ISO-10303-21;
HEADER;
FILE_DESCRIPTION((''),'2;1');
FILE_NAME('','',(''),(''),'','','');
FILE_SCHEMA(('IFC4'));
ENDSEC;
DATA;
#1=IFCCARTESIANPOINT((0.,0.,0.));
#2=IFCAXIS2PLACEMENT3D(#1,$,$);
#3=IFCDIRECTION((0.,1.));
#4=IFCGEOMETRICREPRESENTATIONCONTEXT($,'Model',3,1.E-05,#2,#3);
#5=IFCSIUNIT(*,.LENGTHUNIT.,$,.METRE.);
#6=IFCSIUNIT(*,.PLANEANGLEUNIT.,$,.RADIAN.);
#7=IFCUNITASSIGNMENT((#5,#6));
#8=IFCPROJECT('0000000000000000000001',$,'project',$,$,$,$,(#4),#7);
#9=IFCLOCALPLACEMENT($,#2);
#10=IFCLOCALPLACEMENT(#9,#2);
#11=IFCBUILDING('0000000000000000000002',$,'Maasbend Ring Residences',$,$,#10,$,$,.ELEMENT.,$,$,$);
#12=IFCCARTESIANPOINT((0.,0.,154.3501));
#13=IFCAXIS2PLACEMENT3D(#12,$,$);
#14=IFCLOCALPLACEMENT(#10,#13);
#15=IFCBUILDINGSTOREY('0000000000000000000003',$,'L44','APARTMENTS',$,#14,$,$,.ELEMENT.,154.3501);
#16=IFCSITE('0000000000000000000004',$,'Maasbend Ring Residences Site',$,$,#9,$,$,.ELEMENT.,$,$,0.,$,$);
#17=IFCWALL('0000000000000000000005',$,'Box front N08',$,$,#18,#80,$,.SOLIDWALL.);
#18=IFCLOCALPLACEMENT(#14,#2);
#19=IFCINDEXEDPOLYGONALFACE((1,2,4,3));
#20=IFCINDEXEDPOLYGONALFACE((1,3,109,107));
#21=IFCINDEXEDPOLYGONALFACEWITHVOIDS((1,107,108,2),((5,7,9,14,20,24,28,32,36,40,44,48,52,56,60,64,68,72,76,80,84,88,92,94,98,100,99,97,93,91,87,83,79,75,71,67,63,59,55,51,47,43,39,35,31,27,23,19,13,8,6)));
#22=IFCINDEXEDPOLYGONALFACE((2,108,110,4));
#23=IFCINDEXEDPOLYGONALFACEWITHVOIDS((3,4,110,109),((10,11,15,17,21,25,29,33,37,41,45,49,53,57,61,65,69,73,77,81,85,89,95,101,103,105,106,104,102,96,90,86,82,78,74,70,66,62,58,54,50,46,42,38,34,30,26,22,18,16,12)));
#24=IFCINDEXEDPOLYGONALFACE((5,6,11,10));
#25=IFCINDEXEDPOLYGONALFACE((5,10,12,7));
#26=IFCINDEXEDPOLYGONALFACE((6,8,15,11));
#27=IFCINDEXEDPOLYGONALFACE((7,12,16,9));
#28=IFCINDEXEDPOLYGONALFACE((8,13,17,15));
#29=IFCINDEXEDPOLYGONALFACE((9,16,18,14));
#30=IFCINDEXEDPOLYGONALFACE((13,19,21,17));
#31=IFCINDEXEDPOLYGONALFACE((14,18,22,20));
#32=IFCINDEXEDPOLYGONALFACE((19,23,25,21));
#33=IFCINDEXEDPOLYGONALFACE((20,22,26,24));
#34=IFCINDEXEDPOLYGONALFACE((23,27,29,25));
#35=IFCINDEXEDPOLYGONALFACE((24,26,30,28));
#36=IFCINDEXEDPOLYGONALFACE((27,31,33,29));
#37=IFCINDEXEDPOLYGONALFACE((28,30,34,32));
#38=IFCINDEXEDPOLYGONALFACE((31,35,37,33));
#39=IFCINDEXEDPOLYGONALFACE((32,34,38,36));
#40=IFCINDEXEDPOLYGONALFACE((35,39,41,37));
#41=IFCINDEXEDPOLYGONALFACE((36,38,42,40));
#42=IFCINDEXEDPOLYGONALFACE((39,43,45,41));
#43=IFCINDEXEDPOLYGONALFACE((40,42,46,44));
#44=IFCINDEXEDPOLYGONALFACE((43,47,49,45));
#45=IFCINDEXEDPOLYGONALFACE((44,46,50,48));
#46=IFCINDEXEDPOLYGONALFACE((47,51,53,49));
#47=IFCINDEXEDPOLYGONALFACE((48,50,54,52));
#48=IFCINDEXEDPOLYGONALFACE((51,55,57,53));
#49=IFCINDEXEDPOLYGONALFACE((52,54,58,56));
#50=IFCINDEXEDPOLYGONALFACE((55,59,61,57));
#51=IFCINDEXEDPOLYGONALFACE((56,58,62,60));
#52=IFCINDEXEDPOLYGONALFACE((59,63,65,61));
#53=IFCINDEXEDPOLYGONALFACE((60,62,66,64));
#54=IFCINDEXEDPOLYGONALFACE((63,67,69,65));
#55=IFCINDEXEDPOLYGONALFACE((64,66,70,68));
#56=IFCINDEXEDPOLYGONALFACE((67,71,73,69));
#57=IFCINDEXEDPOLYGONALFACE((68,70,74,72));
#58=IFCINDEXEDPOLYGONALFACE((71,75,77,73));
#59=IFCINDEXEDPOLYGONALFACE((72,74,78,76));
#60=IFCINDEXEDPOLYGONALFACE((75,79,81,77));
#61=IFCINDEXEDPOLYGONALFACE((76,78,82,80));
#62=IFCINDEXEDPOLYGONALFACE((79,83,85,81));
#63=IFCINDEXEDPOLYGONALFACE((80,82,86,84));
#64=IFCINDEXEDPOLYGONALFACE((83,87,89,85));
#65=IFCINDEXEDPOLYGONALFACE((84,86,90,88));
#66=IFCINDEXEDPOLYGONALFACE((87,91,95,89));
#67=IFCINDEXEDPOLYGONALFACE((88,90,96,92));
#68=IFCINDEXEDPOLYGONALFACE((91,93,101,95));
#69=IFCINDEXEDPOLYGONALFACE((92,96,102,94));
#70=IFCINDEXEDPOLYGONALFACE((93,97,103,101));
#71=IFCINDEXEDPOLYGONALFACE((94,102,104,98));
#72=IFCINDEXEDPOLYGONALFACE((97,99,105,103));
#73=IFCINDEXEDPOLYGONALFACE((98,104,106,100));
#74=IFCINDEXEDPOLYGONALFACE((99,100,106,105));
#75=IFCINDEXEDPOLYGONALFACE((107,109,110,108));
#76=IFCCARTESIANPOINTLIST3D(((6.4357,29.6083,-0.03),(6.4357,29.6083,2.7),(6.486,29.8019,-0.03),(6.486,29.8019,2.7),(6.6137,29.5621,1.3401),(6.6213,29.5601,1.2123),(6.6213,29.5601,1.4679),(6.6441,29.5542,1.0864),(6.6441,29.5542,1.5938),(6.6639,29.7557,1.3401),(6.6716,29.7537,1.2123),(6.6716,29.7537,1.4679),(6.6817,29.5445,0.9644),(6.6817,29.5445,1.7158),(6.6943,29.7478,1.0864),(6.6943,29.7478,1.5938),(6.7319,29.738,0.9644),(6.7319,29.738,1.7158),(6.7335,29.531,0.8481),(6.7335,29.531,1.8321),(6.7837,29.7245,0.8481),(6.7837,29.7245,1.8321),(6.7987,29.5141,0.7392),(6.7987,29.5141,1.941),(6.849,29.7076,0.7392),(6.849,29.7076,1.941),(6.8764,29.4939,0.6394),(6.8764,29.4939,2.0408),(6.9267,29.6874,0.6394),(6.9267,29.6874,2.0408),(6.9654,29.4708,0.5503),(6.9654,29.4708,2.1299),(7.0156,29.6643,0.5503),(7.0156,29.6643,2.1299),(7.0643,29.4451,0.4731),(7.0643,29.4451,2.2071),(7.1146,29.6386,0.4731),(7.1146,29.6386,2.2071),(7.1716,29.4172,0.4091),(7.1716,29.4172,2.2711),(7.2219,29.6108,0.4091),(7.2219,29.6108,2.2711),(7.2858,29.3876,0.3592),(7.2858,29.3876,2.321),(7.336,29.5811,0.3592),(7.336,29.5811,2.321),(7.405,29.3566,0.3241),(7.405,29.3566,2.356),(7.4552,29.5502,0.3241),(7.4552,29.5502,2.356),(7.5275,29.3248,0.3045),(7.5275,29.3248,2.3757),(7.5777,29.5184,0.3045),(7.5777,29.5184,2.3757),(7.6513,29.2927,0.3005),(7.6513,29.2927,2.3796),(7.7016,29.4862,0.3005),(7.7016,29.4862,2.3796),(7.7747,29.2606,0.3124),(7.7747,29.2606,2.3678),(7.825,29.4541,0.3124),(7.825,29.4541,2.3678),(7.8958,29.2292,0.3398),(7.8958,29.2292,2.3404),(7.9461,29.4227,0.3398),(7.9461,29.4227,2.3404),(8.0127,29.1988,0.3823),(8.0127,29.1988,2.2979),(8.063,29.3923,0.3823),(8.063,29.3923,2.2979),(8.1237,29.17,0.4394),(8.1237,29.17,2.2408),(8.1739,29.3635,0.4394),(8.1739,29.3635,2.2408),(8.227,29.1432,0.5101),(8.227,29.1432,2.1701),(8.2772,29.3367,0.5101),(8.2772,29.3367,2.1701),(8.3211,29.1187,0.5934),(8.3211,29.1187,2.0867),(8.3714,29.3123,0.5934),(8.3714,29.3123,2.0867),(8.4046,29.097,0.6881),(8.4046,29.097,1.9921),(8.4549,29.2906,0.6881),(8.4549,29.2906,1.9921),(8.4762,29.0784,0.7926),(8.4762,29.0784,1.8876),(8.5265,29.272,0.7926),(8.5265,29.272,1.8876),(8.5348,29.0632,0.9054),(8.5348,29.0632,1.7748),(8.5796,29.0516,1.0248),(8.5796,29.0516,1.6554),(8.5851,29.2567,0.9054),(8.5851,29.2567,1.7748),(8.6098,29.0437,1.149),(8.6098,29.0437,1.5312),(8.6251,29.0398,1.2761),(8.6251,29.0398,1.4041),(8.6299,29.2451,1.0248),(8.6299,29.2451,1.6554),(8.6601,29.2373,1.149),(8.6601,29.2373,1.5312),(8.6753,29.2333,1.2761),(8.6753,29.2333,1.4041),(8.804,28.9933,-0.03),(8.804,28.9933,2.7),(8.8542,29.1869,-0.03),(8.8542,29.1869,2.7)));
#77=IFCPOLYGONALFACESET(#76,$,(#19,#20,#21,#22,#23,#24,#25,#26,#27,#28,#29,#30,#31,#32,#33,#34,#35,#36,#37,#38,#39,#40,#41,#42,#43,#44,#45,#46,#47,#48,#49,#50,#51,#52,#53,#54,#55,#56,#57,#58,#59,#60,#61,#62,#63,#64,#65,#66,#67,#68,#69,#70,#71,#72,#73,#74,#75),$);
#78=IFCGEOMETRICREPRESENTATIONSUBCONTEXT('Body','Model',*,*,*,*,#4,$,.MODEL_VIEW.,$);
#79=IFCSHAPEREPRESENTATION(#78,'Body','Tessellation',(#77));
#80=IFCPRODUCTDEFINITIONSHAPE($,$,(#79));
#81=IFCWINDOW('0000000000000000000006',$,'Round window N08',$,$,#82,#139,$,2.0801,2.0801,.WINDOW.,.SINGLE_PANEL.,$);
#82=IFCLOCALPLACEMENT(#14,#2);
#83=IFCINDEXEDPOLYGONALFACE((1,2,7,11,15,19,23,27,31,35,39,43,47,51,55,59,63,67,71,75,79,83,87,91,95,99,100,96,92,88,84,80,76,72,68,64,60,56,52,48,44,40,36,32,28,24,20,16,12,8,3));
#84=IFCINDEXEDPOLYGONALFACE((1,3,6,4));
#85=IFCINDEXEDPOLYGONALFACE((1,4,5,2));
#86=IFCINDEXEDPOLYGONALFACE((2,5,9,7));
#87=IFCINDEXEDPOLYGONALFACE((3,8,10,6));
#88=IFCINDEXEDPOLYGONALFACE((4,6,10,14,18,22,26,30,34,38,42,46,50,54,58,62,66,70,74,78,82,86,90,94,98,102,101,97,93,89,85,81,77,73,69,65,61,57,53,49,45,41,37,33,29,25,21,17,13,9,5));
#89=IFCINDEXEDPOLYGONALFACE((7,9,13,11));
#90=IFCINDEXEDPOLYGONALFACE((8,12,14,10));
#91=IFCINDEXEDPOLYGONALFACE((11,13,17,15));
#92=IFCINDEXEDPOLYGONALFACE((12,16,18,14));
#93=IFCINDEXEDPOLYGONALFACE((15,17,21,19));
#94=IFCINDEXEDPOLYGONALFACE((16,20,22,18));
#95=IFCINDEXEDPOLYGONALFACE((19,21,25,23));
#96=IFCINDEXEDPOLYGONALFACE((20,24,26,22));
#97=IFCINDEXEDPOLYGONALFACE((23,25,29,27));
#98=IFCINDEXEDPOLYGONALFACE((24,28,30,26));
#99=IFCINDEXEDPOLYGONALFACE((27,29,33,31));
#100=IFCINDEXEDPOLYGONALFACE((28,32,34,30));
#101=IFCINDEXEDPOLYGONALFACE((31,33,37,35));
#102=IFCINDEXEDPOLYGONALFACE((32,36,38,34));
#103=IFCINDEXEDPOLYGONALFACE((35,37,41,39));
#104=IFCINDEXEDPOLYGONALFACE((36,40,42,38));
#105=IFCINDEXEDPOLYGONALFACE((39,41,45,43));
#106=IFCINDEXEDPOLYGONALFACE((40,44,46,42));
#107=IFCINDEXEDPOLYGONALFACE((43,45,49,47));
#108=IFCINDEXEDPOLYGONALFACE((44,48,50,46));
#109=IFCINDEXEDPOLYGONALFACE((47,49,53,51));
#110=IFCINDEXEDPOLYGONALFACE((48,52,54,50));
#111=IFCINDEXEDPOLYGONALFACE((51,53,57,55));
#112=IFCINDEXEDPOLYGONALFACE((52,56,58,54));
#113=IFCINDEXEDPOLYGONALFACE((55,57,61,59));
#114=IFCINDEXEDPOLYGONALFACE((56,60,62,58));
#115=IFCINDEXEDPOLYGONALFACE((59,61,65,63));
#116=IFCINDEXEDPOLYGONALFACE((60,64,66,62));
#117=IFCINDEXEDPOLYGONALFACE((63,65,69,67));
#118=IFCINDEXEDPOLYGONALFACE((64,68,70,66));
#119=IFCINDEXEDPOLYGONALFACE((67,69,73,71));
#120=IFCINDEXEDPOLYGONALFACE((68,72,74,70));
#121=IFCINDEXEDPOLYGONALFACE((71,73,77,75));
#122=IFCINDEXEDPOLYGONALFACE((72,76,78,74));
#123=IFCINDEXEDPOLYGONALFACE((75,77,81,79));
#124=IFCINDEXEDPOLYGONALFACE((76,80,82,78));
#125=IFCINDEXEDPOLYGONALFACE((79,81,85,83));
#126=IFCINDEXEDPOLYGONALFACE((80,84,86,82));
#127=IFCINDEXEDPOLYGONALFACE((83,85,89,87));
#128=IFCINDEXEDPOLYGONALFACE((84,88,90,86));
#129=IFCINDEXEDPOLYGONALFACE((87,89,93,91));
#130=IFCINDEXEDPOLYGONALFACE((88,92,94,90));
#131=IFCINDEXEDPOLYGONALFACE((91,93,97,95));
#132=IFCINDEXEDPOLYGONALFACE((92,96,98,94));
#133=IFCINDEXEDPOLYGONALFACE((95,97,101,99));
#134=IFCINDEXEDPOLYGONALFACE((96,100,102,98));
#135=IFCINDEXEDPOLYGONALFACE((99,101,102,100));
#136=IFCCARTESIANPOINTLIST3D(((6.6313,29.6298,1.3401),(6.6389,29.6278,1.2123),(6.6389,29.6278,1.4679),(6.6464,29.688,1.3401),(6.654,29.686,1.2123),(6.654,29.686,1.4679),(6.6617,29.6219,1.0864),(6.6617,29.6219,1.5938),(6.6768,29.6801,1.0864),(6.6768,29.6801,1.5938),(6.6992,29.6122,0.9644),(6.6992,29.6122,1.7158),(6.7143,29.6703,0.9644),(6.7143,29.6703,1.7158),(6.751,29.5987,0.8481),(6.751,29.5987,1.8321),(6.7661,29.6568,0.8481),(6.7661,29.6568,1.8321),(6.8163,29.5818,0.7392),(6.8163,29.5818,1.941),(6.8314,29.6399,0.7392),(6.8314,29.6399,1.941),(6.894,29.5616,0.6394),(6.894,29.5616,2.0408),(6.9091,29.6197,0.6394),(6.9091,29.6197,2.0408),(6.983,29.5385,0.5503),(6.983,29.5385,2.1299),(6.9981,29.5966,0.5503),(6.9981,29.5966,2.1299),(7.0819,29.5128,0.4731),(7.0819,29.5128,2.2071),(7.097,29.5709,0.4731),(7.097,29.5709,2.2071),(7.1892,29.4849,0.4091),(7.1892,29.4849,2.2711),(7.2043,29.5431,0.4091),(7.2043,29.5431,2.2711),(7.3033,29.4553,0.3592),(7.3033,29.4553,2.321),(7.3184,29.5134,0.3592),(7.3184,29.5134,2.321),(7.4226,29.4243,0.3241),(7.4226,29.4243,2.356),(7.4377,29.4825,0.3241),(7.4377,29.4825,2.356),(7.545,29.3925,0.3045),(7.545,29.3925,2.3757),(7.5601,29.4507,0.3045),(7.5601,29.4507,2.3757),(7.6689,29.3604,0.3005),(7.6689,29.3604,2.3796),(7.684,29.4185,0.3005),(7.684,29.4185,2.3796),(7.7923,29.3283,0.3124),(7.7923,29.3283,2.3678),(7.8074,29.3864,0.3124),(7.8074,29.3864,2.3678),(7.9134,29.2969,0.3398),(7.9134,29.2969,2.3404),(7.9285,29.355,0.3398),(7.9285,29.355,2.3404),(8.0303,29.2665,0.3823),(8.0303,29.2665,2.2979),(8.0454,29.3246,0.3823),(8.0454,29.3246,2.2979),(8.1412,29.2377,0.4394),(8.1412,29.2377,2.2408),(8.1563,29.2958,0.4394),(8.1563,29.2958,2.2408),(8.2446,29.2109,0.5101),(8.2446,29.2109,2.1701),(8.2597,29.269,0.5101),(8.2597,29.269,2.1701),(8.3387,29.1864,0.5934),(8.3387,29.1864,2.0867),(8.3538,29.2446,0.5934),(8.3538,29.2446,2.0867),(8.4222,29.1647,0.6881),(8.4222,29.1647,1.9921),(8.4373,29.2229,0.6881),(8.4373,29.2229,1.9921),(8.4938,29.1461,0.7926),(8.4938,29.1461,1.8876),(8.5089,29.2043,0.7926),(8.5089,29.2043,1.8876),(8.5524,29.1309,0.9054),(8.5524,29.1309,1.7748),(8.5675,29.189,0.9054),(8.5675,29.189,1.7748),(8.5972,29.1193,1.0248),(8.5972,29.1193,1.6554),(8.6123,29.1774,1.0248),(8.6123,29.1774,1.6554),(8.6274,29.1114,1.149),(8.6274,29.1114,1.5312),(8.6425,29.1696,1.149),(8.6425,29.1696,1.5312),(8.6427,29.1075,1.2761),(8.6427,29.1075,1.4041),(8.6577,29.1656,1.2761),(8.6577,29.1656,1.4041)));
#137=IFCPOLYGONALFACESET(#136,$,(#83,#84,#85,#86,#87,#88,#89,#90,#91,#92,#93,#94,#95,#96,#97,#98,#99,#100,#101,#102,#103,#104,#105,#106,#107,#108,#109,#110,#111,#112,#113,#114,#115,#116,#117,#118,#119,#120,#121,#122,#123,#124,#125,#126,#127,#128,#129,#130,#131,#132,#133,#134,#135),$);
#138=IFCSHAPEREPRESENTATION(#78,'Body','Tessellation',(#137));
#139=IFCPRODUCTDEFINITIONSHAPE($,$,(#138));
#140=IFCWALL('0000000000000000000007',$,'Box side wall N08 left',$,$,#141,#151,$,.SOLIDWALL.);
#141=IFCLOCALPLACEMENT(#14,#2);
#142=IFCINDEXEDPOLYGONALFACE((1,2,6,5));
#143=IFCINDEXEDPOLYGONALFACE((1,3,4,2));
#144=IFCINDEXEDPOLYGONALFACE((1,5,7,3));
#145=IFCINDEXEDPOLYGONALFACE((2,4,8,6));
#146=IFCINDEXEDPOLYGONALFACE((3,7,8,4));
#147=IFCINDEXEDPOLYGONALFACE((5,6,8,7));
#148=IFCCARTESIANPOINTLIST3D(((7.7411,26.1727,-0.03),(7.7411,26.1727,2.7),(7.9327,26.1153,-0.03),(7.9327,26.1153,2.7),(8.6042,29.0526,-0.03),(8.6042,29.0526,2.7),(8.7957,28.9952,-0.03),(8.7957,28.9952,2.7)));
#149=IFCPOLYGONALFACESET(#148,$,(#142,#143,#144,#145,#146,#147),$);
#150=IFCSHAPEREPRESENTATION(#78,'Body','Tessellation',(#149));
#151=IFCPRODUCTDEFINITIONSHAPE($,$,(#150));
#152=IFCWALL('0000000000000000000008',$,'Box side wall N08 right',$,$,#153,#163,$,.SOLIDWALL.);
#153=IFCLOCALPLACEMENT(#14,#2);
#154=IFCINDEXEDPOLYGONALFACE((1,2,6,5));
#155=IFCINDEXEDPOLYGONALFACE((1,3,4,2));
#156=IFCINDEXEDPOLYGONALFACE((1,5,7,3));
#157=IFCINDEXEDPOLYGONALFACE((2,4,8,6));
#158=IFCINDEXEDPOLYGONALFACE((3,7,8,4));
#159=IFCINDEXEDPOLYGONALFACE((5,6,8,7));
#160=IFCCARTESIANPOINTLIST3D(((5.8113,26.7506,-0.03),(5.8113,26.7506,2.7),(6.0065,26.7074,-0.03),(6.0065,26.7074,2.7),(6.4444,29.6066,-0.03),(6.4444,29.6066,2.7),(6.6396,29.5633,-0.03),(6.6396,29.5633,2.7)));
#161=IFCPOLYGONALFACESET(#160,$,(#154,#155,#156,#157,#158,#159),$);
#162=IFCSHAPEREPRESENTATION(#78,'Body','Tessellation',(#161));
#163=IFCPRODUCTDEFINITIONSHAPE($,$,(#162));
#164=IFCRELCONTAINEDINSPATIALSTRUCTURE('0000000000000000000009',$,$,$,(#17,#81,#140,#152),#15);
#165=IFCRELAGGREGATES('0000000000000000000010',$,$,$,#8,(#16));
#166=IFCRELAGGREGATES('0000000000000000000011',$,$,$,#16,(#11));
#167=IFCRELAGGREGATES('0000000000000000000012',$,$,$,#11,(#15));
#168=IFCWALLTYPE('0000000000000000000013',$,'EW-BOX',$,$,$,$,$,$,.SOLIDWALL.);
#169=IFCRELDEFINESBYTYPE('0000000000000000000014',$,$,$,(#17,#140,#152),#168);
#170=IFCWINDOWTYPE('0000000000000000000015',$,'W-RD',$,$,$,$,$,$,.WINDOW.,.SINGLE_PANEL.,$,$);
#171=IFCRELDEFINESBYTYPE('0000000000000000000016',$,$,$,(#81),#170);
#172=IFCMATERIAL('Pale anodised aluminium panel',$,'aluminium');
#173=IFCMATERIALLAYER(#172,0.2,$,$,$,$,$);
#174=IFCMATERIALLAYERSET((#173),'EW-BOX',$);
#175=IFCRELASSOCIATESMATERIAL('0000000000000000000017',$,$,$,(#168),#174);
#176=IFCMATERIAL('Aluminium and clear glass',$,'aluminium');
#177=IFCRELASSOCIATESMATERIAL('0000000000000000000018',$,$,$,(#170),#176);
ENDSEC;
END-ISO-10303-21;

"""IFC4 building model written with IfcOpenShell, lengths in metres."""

from ifc_helpers import new_model, si_unit, direction, frame, frame_2d, origin, place, context, subcontext, project, spatial, rectangle, circle, extrude, material, layer, layer_set, type_object, element, fill, save


model = new_model("IFC4")

# Units and contexts
model_context = context("Model", 3, precision=1e-05, world=origin(), true_north=direction((0.0, 1.0)))
body_context = subcontext(model_context, "Body", "Model", "MODEL_VIEW")
ifc_project = project(units=[si_unit("LENGTHUNIT", "METRE"), si_unit("PLANEANGLEUNIT", "RADIAN")], contexts=[model_context])

# Site, building, storey
site_placement = place(None, origin())
site = spatial("IfcSite", under=ifc_project, at=site_placement, Name="Maasbend Ring Residences Site", CompositionType="ELEMENT", RefElevation=0.0)
building_placement = place(site_placement, origin())
building = spatial("IfcBuilding", under=site, at=building_placement, Name="Maasbend Ring Residences", CompositionType="ELEMENT")
storey_placement = place(building_placement, frame((0.0, 0.0, 154.3501)))
storey = spatial("IfcBuildingStorey", under=building, at=storey_placement, Name="L44", Description="APARTMENTS", CompositionType="ELEMENT", Elevation=154.3501)

# Wall, opening, window
ifc_material_1 = material(Name="Pale anodised aluminium panel", Category="aluminium")
ifc_layer_1 = layer(ifc_material_1, 0.2)
ifc_layer_set_1 = layer_set([ifc_layer_1], Name="EW-BOX")
wall_type_1 = type_object("IfcWallType", Name="EW-BOX", PredefinedType="SOLIDWALL", material=ifc_layer_set_1)
wall_1_placement = place(storey_placement, frame((8.8291, 29.0901, -0.03), z_axis=(0.0, 0.0, 1.0), x_axis=(-0.967895, 0.251353, 0.0)))
wall_1 = element("IfcWall", 1, at=wall_1_placement, inside=storey, type_object=wall_type_1, Name="Box front N08", PredefinedType="SOLIDWALL", context=body_context, shape_type="SweptSolid", body=[
    extrude(rectangle(XDim=2.4468, YDim=0.2, at=frame_2d((1.2234, 0.0))), origin(), (0.0, 0.0, 1.0), 2.73),
])
opening_1_placement = place(wall_1_placement, frame((0.1829, 0.0, 0.3301)))
opening_1 = element("IfcOpeningElement", 2, at=opening_1_placement, cuts=wall_1, PredefinedType="OPENING", context=body_context, shape_type="SweptSolid", body=[
    extrude(circle(Radius=1.04, at=frame_2d((1.04, 1.04))), frame((0.0, 0.1099, 0.0), z_axis=(0.0, -1.0, 0.0), x_axis=(1.0, 0.0, 0.0)), (0.0, 0.0, 1.0), 0.22),
])
ifc_material_2 = material(Name="Aluminium and clear glass", Category="aluminium")
window_type_1 = type_object("IfcWindowType", Name="W-RD", PartitioningType="SINGLE_PANEL", PredefinedType="WINDOW", material=ifc_material_2)
window_1_placement = place(opening_1_placement, origin())
window_1 = element("IfcWindow", 3, at=window_1_placement, inside=storey, type_object=window_type_1, Name="Round window N08", OverallHeight=2.0801, OverallWidth=2.0801, PartitioningType="SINGLE_PANEL", PredefinedType="WINDOW", context=body_context, shape_type="SweptSolid", body=[
    extrude(circle(Radius=1.04, at=frame_2d((1.04, 1.04))), frame((0.0, 0.03, 0.0), z_axis=(0.0, -1.0, 0.0), x_axis=(1.0, 0.0, 0.0)), (0.0, 0.0, 1.0), 0.0601),
])
fill(opening_1, window_1)

# Walls
wall_2_placement = place(storey_placement, frame((7.8369, 26.144, -0.03), z_axis=(0.0, 0.0, 1.0), x_axis=(0.287065, 0.957911, 0.0)))
element("IfcWall", 4, at=wall_2_placement, inside=storey, type_object=wall_type_1, Name="Box side wall N08 left", PredefinedType="SOLIDWALL", context=body_context, shape_type="SweptSolid", body=[
    extrude(rectangle(XDim=3.0063, YDim=0.2, at=frame_2d((1.5032, 0.0))), origin(), (0.0, 0.0, 1.0), 2.73),
])
wall_3_placement = place(storey_placement, frame((5.9089, 26.729, -0.03), z_axis=(0.0, 0.0, 1.0), x_axis=(0.216409, 0.976303, 0.0)))
element("IfcWall", 5, at=wall_3_placement, inside=storey, type_object=wall_type_1, Name="Box side wall N08 right", PredefinedType="SOLIDWALL", context=body_context, shape_type="SweptSolid", body=[
    extrude(rectangle(XDim=2.9253, YDim=0.2, at=frame_2d((1.4626, 0.0))), origin(), (0.0, 0.0, 1.0), 2.73),
])

save(model, "model.ifc")
